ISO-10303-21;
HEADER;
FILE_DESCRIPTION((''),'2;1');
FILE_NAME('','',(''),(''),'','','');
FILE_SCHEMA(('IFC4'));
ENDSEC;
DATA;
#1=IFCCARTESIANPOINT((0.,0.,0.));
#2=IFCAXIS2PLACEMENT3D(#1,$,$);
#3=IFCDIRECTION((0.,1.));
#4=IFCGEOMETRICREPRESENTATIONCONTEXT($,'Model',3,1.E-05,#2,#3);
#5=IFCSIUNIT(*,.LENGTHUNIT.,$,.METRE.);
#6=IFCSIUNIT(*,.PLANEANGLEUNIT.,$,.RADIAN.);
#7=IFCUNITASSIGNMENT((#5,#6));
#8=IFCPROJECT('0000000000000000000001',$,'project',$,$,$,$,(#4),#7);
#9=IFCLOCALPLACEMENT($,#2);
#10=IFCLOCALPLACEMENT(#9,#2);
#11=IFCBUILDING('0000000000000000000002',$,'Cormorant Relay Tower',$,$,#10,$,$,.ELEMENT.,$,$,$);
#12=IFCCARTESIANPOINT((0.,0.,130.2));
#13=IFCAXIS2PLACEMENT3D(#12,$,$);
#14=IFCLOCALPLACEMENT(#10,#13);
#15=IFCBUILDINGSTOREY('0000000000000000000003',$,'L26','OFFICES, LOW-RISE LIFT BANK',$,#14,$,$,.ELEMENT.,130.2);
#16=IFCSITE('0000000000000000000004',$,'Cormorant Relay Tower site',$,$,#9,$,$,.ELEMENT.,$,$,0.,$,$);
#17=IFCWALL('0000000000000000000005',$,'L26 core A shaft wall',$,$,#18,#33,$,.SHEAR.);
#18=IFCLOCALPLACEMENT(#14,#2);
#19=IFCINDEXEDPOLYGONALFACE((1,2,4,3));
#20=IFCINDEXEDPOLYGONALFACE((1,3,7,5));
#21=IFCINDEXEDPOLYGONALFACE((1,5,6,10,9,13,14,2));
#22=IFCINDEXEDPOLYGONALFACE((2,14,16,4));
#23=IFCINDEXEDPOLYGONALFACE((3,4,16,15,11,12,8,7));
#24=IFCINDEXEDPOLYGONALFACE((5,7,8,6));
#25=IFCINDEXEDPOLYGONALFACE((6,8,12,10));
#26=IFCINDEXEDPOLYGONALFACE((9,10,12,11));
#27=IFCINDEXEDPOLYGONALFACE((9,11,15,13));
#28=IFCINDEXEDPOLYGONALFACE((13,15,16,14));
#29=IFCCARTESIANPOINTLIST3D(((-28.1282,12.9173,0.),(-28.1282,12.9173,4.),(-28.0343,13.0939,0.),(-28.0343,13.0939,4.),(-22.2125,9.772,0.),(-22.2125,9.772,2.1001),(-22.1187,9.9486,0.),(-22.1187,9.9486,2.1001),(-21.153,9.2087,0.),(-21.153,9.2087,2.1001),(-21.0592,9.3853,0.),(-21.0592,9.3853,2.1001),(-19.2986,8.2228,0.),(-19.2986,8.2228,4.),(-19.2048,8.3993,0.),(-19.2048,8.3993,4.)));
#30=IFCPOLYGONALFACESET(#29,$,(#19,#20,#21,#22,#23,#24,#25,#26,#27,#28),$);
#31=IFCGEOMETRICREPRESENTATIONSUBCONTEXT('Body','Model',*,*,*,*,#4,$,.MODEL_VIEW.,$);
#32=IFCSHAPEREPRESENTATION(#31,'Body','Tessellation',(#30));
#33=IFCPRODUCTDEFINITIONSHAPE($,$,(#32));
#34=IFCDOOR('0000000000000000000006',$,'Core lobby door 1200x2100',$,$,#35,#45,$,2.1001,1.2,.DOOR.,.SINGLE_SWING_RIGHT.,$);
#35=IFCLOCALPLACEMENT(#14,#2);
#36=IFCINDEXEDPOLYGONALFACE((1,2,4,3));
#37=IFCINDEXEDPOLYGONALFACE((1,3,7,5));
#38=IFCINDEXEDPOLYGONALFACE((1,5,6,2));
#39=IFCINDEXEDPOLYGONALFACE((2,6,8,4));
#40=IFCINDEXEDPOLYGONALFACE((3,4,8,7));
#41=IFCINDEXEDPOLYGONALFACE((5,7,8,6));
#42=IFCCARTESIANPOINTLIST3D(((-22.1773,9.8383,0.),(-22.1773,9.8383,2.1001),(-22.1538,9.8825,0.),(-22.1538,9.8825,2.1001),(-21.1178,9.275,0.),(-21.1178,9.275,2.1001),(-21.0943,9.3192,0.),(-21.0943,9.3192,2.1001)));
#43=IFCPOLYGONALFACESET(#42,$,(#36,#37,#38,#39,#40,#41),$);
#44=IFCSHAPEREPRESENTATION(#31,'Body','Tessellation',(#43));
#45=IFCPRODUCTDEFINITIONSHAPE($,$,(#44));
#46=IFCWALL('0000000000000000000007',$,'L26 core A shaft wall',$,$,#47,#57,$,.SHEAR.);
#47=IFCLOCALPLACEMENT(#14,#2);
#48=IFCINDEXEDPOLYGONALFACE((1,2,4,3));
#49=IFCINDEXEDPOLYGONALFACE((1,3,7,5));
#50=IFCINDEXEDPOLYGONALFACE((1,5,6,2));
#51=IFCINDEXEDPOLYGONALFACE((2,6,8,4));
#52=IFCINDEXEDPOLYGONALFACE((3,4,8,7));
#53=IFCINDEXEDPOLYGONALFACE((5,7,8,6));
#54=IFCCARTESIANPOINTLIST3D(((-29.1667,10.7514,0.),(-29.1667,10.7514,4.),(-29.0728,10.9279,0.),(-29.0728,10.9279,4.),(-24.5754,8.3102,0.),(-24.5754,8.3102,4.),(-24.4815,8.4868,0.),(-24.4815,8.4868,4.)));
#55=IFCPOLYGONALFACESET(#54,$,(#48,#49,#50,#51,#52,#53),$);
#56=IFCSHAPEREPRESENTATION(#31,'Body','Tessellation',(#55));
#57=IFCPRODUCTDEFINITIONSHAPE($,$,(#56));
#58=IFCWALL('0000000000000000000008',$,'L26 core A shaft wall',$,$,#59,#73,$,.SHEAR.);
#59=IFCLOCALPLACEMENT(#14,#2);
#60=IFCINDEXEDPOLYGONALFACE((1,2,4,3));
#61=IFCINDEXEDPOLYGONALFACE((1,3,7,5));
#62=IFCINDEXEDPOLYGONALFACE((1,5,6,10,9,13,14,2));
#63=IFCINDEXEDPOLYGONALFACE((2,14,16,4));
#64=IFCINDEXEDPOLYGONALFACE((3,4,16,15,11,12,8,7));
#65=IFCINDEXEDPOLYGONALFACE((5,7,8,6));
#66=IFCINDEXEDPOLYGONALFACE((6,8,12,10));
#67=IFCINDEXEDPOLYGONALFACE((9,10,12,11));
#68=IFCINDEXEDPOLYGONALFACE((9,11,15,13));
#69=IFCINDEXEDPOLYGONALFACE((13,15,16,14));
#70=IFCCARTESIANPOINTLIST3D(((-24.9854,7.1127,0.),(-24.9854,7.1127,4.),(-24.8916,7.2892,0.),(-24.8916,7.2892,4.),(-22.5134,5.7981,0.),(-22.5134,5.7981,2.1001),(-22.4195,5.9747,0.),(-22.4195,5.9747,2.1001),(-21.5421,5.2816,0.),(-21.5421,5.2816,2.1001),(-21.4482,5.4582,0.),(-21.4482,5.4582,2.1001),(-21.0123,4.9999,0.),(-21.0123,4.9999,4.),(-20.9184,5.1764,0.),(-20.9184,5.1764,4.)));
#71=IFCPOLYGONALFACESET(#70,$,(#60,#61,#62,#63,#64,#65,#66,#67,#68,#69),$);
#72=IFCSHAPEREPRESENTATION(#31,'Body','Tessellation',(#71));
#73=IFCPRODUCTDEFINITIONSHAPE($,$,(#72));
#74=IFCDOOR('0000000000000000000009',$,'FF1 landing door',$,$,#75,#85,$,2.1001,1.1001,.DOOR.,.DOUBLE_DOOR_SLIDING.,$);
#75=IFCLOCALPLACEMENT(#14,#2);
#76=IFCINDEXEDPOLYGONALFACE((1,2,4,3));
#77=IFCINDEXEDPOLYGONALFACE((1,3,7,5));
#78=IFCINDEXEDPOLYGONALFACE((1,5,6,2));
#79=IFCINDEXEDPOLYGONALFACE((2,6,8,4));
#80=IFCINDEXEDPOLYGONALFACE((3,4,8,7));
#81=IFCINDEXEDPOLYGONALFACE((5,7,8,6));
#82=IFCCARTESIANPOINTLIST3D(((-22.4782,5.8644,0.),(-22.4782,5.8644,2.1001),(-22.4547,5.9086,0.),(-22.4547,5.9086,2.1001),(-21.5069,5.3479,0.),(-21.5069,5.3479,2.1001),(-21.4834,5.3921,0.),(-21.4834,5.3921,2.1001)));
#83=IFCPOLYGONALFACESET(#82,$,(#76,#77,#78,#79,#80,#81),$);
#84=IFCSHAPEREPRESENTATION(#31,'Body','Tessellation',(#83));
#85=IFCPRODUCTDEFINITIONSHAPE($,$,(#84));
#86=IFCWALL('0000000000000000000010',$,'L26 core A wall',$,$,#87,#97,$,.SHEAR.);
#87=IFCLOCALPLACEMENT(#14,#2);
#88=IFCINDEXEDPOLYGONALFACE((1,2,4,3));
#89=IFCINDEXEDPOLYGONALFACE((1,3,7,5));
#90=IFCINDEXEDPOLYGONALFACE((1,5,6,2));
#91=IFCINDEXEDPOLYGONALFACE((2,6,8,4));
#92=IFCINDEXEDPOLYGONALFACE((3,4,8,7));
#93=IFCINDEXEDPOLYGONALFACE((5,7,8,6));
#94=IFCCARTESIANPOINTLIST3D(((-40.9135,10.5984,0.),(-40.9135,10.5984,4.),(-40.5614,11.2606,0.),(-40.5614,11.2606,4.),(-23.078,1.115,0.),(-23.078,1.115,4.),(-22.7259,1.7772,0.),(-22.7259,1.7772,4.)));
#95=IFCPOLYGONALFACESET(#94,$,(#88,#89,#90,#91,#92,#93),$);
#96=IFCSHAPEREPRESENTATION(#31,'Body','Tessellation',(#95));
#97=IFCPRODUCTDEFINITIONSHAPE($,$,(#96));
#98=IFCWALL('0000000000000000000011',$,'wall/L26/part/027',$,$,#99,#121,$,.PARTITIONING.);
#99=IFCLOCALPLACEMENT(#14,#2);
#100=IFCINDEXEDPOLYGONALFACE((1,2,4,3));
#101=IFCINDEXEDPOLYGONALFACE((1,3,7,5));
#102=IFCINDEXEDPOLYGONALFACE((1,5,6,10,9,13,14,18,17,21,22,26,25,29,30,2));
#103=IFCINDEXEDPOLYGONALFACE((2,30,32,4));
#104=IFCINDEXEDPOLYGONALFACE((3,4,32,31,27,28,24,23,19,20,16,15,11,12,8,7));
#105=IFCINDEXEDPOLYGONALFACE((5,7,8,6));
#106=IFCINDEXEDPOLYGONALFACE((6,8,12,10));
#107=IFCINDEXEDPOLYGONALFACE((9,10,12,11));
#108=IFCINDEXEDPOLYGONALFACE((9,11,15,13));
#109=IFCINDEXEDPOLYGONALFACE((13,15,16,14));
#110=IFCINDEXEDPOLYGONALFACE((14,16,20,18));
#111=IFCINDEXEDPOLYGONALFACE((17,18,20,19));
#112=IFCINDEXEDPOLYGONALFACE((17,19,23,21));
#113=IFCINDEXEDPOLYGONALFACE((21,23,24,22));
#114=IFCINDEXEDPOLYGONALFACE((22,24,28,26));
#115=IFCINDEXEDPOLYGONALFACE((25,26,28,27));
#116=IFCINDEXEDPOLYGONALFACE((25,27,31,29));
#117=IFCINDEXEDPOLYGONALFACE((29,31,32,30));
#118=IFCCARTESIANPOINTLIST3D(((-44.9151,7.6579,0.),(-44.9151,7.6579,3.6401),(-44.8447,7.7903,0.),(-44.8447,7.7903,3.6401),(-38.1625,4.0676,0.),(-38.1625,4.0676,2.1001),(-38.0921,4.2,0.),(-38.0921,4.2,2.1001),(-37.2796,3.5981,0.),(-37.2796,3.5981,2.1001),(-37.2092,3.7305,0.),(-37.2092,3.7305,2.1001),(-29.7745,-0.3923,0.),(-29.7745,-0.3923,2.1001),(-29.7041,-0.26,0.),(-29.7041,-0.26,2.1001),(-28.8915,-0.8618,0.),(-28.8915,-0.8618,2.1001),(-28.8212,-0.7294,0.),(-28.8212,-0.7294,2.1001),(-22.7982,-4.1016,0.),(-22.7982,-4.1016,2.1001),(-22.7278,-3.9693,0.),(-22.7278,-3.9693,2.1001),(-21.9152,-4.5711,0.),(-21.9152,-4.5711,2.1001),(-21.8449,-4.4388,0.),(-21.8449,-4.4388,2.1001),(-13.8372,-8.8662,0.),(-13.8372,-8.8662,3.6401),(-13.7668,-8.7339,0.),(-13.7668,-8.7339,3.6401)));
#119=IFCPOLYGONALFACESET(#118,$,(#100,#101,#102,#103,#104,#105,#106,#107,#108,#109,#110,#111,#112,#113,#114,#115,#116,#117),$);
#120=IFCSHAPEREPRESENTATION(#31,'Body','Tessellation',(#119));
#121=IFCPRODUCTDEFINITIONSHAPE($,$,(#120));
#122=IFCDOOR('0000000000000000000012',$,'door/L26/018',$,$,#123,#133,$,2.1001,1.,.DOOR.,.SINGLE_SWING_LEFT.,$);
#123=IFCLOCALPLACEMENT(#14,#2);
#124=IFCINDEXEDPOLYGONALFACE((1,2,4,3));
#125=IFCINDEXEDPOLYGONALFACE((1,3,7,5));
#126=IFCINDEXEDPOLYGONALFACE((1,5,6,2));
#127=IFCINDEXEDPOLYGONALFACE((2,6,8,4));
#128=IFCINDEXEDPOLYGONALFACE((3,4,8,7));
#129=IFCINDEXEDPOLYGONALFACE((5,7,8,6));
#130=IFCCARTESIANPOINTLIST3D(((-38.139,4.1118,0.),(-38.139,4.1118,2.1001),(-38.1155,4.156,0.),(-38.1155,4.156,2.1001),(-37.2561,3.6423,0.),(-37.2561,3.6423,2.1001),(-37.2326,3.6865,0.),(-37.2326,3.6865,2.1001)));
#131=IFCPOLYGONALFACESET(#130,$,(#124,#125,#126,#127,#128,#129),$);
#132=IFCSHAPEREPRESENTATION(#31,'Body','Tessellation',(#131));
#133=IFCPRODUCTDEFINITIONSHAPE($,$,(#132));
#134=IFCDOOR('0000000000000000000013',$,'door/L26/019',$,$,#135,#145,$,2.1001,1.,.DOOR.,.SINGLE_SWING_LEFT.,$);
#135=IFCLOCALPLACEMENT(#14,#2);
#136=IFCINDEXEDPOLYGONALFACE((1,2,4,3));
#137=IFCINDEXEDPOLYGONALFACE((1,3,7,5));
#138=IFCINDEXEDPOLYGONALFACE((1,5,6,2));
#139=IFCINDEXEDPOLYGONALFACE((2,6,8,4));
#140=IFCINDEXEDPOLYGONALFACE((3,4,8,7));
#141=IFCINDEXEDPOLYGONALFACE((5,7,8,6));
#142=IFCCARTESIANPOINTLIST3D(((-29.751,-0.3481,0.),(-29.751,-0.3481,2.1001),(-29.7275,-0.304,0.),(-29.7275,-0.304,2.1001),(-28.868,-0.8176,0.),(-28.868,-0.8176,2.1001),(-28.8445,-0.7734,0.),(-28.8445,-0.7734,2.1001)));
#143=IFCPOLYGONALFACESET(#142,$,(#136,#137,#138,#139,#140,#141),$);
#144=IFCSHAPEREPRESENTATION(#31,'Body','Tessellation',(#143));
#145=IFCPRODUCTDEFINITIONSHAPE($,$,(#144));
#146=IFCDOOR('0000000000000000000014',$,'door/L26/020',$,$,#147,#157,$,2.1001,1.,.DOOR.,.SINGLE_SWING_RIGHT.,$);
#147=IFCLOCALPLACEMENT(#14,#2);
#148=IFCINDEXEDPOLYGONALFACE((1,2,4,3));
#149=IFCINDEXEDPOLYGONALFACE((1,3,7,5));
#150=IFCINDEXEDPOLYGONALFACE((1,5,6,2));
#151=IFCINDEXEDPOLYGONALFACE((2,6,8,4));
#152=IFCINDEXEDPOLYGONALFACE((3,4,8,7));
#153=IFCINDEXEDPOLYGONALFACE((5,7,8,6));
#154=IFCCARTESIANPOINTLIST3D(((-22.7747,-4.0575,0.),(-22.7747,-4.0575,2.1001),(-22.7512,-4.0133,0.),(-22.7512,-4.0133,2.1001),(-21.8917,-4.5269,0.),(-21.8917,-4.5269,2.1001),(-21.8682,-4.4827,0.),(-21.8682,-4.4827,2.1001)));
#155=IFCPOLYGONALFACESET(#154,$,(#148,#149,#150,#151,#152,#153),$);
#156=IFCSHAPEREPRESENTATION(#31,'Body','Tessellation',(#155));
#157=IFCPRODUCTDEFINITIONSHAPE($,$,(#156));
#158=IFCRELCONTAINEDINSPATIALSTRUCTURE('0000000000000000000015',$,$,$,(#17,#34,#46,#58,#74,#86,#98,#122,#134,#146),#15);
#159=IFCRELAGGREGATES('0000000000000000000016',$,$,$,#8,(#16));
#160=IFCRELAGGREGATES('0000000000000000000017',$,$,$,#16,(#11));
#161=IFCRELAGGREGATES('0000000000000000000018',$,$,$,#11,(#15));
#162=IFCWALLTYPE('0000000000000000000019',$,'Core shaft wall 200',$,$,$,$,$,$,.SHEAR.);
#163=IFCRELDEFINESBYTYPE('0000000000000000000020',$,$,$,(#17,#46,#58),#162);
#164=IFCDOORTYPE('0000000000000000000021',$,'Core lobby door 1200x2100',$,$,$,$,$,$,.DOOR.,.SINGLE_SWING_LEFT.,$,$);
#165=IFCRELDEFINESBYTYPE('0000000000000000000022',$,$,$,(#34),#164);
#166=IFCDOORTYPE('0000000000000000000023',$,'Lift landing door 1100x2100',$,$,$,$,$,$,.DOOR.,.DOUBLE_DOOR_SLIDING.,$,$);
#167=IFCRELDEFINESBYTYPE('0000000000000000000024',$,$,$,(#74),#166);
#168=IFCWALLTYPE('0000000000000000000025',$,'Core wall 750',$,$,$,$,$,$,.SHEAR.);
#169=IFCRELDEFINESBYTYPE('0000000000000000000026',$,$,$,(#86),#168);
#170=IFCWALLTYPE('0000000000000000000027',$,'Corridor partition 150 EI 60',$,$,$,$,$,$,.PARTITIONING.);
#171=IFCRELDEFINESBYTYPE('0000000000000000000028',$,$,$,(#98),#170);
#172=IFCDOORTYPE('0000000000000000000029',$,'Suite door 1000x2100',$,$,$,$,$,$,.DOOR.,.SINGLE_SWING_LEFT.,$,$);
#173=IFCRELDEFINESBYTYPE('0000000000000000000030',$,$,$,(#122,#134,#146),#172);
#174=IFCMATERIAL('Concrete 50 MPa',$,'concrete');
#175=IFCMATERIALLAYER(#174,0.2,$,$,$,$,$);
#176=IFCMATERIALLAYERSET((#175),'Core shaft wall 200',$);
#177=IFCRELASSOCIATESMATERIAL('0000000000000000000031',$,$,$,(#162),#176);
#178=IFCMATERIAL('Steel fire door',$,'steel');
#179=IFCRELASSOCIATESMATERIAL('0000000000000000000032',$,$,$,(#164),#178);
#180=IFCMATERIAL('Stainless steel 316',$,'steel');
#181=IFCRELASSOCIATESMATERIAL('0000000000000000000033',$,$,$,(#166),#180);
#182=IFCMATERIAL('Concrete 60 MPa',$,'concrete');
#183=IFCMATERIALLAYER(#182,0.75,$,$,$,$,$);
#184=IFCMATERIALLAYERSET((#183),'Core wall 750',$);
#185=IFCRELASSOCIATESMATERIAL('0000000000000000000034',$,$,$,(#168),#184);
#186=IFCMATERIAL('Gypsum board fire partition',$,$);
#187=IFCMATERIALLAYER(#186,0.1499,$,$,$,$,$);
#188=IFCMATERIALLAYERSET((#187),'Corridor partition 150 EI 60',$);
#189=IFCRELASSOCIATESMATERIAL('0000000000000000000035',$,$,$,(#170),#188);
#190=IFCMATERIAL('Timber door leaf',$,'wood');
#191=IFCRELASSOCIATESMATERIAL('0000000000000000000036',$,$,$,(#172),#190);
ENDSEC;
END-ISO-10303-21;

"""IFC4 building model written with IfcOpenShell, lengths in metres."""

from ifc_helpers import new_model, si_unit, direction, frame, frame_2d, origin, place, context, subcontext, project, spatial, rectangle, extrude, material, layer, layer_set, type_object, element, fill, save


model = new_model("IFC4")

# Units and contexts
model_context = context("Model", 3, precision=1e-05, world=origin(), true_north=direction((0.0, 1.0)))
body_context = subcontext(model_context, "Body", "Model", "MODEL_VIEW")
ifc_project = project(units=[si_unit("LENGTHUNIT", "METRE"), si_unit("PLANEANGLEUNIT", "RADIAN")], contexts=[model_context])

# Site, building, storey
site_placement = place(None, origin())
site = spatial("IfcSite", under=ifc_project, at=site_placement, Name="Cormorant Relay Tower site", CompositionType="ELEMENT", RefElevation=0.0)
building_placement = place(site_placement, origin())
building = spatial("IfcBuilding", under=site, at=building_placement, Name="Cormorant Relay Tower", CompositionType="ELEMENT")
storey_placement = place(building_placement, frame((0.0, 0.0, 130.2)))
storey = spatial("IfcBuildingStorey", under=building, at=storey_placement, Name="L26", Description="OFFICES, LOW-RISE LIFT BANK", CompositionType="ELEMENT", Elevation=130.2)

# Shared definitions
ifc_material_1 = material(Name="Concrete 50 MPa", Category="concrete")
ifc_layer_1 = layer(ifc_material_1, 0.2)
ifc_layer_set_1 = layer_set([ifc_layer_1], Name="Core shaft wall 200")
wall_type_1 = type_object("IfcWallType", Name="Core shaft wall 200", PredefinedType="SHEAR", material=ifc_layer_set_1)

# Wall, opening, door
wall_1_placement = place(storey_placement, frame((-19.2517, 8.311, 0.0), z_axis=(0.0, 0.0, 1.0), x_axis=(-0.882956, 0.469456, 0.0)))
wall_1 = element("IfcWall", 1, at=wall_1_placement, inside=storey, type_object=wall_type_1, Name="L26 core A shaft wall", PredefinedType="SHEAR", context=body_context, shape_type="SweptSolid", body=[
    extrude(rectangle(XDim=10.0, YDim=0.2, at=frame_2d((5.0, 0.0))), origin(), (0.0, 0.0, 1.0), 4.0),
])
opening_1_placement = place(wall_1_placement, frame((2.1001, 0.0, 0.0)))
opening_1 = element("IfcOpeningElement", 2, at=opening_1_placement, cuts=wall_1, PredefinedType="OPENING", context=body_context, shape_type="SweptSolid", body=[
    extrude(rectangle(XDim=1.2, YDim=2.1001, at=frame_2d((0.6001, 1.05))), frame((0.0, 0.1099, 0.0), z_axis=(0.0, -1.0, 0.0), x_axis=(1.0, 0.0, 0.0)), (0.0, 0.0, 1.0), 0.22),
])
ifc_material_2 = material(Name="Steel fire door", Category="steel")
door_type_1 = type_object("IfcDoorType", Name="Core lobby door 1200x2100", OperationType="SINGLE_SWING_LEFT", PredefinedType="DOOR", material=ifc_material_2)
door_1_placement = place(opening_1_placement, origin())
door_1 = element("IfcDoor", 3, at=door_1_placement, inside=storey, type_object=door_type_1, Name="Core lobby door 1200x2100", OperationType="SINGLE_SWING_RIGHT", OverallHeight=2.1001, OverallWidth=1.2, PredefinedType="DOOR", context=body_context, shape_type="SweptSolid", body=[
    extrude(rectangle(XDim=1.2, YDim=2.1001, at=frame_2d((0.6001, 1.05))), frame((0.0, 0.0249, 0.0), z_axis=(0.0, -1.0, 0.0), x_axis=(1.0, 0.0, 0.0)), (0.0, 0.0, 1.0), 0.05),
])
fill(opening_1, door_1)

# Wall
wall_2_placement = place(storey_placement, frame((-24.5283, 8.3984, 0.0), z_axis=(0.0, 0.0, 1.0), x_axis=(-0.882954, 0.46946, 0.0)))
element("IfcWall", 4, at=wall_2_placement, inside=storey, type_object=wall_type_1, Name="L26 core A shaft wall", PredefinedType="SHEAR", context=body_context, shape_type="SweptSolid", body=[
    extrude(rectangle(XDim=5.2, YDim=0.2, at=frame_2d((2.6001, 0.0))), origin(), (0.0, 0.0, 1.0), 4.0),
])

# Wall, opening, door
wall_3_placement = place(storey_placement, frame((-20.9653, 5.0881, 0.0), z_axis=(0.0, 0.0, 1.0), x_axis=(-0.882926, 0.469512, 0.0)))
wall_3 = element("IfcWall", 5, at=wall_3_placement, inside=storey, type_object=wall_type_1, Name="L26 core A shaft wall", PredefinedType="SHEAR", context=body_context, shape_type="SweptSolid", body=[
    extrude(rectangle(XDim=4.5, YDim=0.2, at=frame_2d((2.25, 0.0))), origin(), (0.0, 0.0, 1.0), 4.0),
])
opening_2_placement = place(wall_3_placement, frame((0.6001, 0.0, 0.0)))
opening_2 = element("IfcOpeningElement", 6, at=opening_2_placement, cuts=wall_3, PredefinedType="OPENING", context=body_context, shape_type="SweptSolid", body=[
    extrude(rectangle(XDim=1.1001, YDim=2.1001, at=frame_2d((0.55, 1.05))), frame((0.0, 0.1099, 0.0), z_axis=(0.0, -1.0, 0.0), x_axis=(1.0, 0.0, 0.0)), (0.0, 0.0, 1.0), 0.22),
])
ifc_material_3 = material(Name="Stainless steel 316", Category="steel")
door_type_2 = type_object("IfcDoorType", Name="Lift landing door 1100x2100", OperationType="DOUBLE_DOOR_SLIDING", PredefinedType="DOOR", material=ifc_material_3)
door_2_placement = place(opening_2_placement, origin())
door_2 = element("IfcDoor", 7, at=door_2_placement, inside=storey, type_object=door_type_2, Name="FF1 landing door", OperationType="DOUBLE_DOOR_SLIDING", OverallHeight=2.1001, OverallWidth=1.1001, PredefinedType="DOOR", context=body_context, shape_type="SweptSolid", body=[
    extrude(rectangle(XDim=1.1001, YDim=2.1001, at=frame_2d((0.55, 1.05))), frame((0.0, 0.0249, 0.0), z_axis=(0.0, -1.0, 0.0), x_axis=(1.0, 0.0, 0.0)), (0.0, 0.0, 1.0), 0.05),
])
fill(opening_2, door_2)

# Wall
ifc_material_4 = material(Name="Concrete 60 MPa", Category="concrete")
ifc_layer_2 = layer(ifc_material_4, 0.75)
ifc_layer_set_2 = layer_set([ifc_layer_2], Name="Core wall 750")
wall_type_2 = type_object("IfcWallType", Name="Core wall 750", PredefinedType="SHEAR", material=ifc_layer_set_2)
wall_4_placement = place(storey_placement, frame((-22.9019, 1.446, 0.0), z_axis=(0.0, 0.0, 1.0), x_axis=(-0.882945, 0.469476, 0.0)))
element("IfcWall", 8, at=wall_4_placement, inside=storey, type_object=wall_type_2, Name="L26 core A wall", PredefinedType="SHEAR", context=body_context, shape_type="SweptSolid", body=[
    extrude(rectangle(XDim=20.2, YDim=0.75, at=frame_2d((10.1001, 0.0))), origin(), (0.0, 0.0, 1.0), 4.0),
])

# Wall, openings, doors
ifc_material_5 = material(Name="Gypsum board fire partition")
ifc_layer_3 = layer(ifc_material_5, 0.1499)
ifc_layer_set_3 = layer_set([ifc_layer_3], Name="Corridor partition 150 EI 60")
wall_type_3 = type_object("IfcWallType", Name="Corridor partition 150 EI 60", PredefinedType="PARTITIONING", material=ifc_layer_set_3)
wall_5_placement = place(storey_placement, frame((-13.802, -8.8, 0.0), z_axis=(0.0, 0.0, 1.0), x_axis=(-0.88295, 0.469466, 0.0)))
wall_5 = element("IfcWall", 9, at=wall_5_placement, inside=storey, type_object=wall_type_3, Name="wall/L26/part/027", PredefinedType="PARTITIONING", context=body_context, shape_type="SweptSolid", body=[
    extrude(rectangle(XDim=35.1978, YDim=0.1499, at=frame_2d((17.5989, 0.0))), origin(), (0.0, 0.0, 1.0), 3.6401),
])
opening_3_placement = place(wall_5_placement, frame((26.55, 0.0, 0.0)))
opening_3 = element("IfcOpeningElement", 10, at=opening_3_placement, cuts=wall_5, PredefinedType="OPENING", context=body_context, shape_type="SweptSolid", body=[
    extrude(rectangle(XDim=1.0, YDim=2.1001, at=frame_2d((0.5, 1.05))), frame((0.0, 0.085, 0.0), z_axis=(0.0, -1.0, 0.0), x_axis=(1.0, 0.0, 0.0)), (0.0, 0.0, 1.0), 0.1699),
])
opening_4_placement = place(wall_5_placement, frame((17.05, 0.0, 0.0)))
opening_4 = element("IfcOpeningElement", 11, at=opening_4_placement, cuts=wall_5, PredefinedType="OPENING", context=body_context, shape_type="SweptSolid", body=[
    extrude(rectangle(XDim=1.0, YDim=2.1001, at=frame_2d((0.5, 1.05))), frame((0.0, 0.085, 0.0), z_axis=(0.0, -1.0, 0.0), x_axis=(1.0, 0.0, 0.0)), (0.0, 0.0, 1.0), 0.1699),
])
opening_5_placement = place(wall_5_placement, frame((9.1489, 0.0, 0.0)))
opening_5 = element("IfcOpeningElement", 12, at=opening_5_placement, cuts=wall_5, PredefinedType="OPENING", context=body_context, shape_type="SweptSolid", body=[
    extrude(rectangle(XDim=1.0, YDim=2.1001, at=frame_2d((0.5, 1.05))), frame((0.0, 0.085, 0.0), z_axis=(0.0, -1.0, 0.0), x_axis=(1.0, 0.0, 0.0)), (0.0, 0.0, 1.0), 0.1699),
])
ifc_material_6 = material(Name="Timber door leaf", Category="wood")
door_type_3 = type_object("IfcDoorType", Name="Suite door 1000x2100", OperationType="SINGLE_SWING_LEFT", PredefinedType="DOOR", material=ifc_material_6)
door_3_placement = place(opening_3_placement, origin())
door_3 = element("IfcDoor", 13, at=door_3_placement, inside=storey, type_object=door_type_3, Name="door/L26/018", OperationType="SINGLE_SWING_LEFT", OverallHeight=2.1001, OverallWidth=1.0, PredefinedType="DOOR", context=body_context, shape_type="SweptSolid", body=[
    extrude(rectangle(XDim=1.0, YDim=2.1001, at=frame_2d((0.5, 1.05))), frame((0.0, 0.0249, 0.0), z_axis=(0.0, -1.0, 0.0), x_axis=(1.0, 0.0, 0.0)), (0.0, 0.0, 1.0), 0.05),
])
fill(opening_3, door_3)
door_4_placement = place(opening_4_placement, origin())
door_4 = element("IfcDoor", 14, at=door_4_placement, inside=storey, type_object=door_type_3, Name="door/L26/019", OperationType="SINGLE_SWING_LEFT", OverallHeight=2.1001, OverallWidth=1.0, PredefinedType="DOOR", context=body_context, shape_type="SweptSolid", body=[
    extrude(rectangle(XDim=1.0, YDim=2.1001, at=frame_2d((0.5, 1.05))), frame((0.0, 0.0249, 0.0), z_axis=(0.0, -1.0, 0.0), x_axis=(1.0, 0.0, 0.0)), (0.0, 0.0, 1.0), 0.05),
])
fill(opening_4, door_4)
door_5_placement = place(opening_5_placement, origin())
door_5 = element("IfcDoor", 15, at=door_5_placement, inside=storey, type_object=door_type_3, Name="door/L26/020", OperationType="SINGLE_SWING_RIGHT", OverallHeight=2.1001, OverallWidth=1.0, PredefinedType="DOOR", context=body_context, shape_type="SweptSolid", body=[
    extrude(rectangle(XDim=1.0, YDim=2.1001, at=frame_2d((0.5, 1.05))), frame((0.0, 0.0249, 0.0), z_axis=(0.0, -1.0, 0.0), x_axis=(1.0, 0.0, 0.0)), (0.0, 0.0, 1.0), 0.05),
])
fill(opening_5, door_5)

save(model, "model.ifc")
